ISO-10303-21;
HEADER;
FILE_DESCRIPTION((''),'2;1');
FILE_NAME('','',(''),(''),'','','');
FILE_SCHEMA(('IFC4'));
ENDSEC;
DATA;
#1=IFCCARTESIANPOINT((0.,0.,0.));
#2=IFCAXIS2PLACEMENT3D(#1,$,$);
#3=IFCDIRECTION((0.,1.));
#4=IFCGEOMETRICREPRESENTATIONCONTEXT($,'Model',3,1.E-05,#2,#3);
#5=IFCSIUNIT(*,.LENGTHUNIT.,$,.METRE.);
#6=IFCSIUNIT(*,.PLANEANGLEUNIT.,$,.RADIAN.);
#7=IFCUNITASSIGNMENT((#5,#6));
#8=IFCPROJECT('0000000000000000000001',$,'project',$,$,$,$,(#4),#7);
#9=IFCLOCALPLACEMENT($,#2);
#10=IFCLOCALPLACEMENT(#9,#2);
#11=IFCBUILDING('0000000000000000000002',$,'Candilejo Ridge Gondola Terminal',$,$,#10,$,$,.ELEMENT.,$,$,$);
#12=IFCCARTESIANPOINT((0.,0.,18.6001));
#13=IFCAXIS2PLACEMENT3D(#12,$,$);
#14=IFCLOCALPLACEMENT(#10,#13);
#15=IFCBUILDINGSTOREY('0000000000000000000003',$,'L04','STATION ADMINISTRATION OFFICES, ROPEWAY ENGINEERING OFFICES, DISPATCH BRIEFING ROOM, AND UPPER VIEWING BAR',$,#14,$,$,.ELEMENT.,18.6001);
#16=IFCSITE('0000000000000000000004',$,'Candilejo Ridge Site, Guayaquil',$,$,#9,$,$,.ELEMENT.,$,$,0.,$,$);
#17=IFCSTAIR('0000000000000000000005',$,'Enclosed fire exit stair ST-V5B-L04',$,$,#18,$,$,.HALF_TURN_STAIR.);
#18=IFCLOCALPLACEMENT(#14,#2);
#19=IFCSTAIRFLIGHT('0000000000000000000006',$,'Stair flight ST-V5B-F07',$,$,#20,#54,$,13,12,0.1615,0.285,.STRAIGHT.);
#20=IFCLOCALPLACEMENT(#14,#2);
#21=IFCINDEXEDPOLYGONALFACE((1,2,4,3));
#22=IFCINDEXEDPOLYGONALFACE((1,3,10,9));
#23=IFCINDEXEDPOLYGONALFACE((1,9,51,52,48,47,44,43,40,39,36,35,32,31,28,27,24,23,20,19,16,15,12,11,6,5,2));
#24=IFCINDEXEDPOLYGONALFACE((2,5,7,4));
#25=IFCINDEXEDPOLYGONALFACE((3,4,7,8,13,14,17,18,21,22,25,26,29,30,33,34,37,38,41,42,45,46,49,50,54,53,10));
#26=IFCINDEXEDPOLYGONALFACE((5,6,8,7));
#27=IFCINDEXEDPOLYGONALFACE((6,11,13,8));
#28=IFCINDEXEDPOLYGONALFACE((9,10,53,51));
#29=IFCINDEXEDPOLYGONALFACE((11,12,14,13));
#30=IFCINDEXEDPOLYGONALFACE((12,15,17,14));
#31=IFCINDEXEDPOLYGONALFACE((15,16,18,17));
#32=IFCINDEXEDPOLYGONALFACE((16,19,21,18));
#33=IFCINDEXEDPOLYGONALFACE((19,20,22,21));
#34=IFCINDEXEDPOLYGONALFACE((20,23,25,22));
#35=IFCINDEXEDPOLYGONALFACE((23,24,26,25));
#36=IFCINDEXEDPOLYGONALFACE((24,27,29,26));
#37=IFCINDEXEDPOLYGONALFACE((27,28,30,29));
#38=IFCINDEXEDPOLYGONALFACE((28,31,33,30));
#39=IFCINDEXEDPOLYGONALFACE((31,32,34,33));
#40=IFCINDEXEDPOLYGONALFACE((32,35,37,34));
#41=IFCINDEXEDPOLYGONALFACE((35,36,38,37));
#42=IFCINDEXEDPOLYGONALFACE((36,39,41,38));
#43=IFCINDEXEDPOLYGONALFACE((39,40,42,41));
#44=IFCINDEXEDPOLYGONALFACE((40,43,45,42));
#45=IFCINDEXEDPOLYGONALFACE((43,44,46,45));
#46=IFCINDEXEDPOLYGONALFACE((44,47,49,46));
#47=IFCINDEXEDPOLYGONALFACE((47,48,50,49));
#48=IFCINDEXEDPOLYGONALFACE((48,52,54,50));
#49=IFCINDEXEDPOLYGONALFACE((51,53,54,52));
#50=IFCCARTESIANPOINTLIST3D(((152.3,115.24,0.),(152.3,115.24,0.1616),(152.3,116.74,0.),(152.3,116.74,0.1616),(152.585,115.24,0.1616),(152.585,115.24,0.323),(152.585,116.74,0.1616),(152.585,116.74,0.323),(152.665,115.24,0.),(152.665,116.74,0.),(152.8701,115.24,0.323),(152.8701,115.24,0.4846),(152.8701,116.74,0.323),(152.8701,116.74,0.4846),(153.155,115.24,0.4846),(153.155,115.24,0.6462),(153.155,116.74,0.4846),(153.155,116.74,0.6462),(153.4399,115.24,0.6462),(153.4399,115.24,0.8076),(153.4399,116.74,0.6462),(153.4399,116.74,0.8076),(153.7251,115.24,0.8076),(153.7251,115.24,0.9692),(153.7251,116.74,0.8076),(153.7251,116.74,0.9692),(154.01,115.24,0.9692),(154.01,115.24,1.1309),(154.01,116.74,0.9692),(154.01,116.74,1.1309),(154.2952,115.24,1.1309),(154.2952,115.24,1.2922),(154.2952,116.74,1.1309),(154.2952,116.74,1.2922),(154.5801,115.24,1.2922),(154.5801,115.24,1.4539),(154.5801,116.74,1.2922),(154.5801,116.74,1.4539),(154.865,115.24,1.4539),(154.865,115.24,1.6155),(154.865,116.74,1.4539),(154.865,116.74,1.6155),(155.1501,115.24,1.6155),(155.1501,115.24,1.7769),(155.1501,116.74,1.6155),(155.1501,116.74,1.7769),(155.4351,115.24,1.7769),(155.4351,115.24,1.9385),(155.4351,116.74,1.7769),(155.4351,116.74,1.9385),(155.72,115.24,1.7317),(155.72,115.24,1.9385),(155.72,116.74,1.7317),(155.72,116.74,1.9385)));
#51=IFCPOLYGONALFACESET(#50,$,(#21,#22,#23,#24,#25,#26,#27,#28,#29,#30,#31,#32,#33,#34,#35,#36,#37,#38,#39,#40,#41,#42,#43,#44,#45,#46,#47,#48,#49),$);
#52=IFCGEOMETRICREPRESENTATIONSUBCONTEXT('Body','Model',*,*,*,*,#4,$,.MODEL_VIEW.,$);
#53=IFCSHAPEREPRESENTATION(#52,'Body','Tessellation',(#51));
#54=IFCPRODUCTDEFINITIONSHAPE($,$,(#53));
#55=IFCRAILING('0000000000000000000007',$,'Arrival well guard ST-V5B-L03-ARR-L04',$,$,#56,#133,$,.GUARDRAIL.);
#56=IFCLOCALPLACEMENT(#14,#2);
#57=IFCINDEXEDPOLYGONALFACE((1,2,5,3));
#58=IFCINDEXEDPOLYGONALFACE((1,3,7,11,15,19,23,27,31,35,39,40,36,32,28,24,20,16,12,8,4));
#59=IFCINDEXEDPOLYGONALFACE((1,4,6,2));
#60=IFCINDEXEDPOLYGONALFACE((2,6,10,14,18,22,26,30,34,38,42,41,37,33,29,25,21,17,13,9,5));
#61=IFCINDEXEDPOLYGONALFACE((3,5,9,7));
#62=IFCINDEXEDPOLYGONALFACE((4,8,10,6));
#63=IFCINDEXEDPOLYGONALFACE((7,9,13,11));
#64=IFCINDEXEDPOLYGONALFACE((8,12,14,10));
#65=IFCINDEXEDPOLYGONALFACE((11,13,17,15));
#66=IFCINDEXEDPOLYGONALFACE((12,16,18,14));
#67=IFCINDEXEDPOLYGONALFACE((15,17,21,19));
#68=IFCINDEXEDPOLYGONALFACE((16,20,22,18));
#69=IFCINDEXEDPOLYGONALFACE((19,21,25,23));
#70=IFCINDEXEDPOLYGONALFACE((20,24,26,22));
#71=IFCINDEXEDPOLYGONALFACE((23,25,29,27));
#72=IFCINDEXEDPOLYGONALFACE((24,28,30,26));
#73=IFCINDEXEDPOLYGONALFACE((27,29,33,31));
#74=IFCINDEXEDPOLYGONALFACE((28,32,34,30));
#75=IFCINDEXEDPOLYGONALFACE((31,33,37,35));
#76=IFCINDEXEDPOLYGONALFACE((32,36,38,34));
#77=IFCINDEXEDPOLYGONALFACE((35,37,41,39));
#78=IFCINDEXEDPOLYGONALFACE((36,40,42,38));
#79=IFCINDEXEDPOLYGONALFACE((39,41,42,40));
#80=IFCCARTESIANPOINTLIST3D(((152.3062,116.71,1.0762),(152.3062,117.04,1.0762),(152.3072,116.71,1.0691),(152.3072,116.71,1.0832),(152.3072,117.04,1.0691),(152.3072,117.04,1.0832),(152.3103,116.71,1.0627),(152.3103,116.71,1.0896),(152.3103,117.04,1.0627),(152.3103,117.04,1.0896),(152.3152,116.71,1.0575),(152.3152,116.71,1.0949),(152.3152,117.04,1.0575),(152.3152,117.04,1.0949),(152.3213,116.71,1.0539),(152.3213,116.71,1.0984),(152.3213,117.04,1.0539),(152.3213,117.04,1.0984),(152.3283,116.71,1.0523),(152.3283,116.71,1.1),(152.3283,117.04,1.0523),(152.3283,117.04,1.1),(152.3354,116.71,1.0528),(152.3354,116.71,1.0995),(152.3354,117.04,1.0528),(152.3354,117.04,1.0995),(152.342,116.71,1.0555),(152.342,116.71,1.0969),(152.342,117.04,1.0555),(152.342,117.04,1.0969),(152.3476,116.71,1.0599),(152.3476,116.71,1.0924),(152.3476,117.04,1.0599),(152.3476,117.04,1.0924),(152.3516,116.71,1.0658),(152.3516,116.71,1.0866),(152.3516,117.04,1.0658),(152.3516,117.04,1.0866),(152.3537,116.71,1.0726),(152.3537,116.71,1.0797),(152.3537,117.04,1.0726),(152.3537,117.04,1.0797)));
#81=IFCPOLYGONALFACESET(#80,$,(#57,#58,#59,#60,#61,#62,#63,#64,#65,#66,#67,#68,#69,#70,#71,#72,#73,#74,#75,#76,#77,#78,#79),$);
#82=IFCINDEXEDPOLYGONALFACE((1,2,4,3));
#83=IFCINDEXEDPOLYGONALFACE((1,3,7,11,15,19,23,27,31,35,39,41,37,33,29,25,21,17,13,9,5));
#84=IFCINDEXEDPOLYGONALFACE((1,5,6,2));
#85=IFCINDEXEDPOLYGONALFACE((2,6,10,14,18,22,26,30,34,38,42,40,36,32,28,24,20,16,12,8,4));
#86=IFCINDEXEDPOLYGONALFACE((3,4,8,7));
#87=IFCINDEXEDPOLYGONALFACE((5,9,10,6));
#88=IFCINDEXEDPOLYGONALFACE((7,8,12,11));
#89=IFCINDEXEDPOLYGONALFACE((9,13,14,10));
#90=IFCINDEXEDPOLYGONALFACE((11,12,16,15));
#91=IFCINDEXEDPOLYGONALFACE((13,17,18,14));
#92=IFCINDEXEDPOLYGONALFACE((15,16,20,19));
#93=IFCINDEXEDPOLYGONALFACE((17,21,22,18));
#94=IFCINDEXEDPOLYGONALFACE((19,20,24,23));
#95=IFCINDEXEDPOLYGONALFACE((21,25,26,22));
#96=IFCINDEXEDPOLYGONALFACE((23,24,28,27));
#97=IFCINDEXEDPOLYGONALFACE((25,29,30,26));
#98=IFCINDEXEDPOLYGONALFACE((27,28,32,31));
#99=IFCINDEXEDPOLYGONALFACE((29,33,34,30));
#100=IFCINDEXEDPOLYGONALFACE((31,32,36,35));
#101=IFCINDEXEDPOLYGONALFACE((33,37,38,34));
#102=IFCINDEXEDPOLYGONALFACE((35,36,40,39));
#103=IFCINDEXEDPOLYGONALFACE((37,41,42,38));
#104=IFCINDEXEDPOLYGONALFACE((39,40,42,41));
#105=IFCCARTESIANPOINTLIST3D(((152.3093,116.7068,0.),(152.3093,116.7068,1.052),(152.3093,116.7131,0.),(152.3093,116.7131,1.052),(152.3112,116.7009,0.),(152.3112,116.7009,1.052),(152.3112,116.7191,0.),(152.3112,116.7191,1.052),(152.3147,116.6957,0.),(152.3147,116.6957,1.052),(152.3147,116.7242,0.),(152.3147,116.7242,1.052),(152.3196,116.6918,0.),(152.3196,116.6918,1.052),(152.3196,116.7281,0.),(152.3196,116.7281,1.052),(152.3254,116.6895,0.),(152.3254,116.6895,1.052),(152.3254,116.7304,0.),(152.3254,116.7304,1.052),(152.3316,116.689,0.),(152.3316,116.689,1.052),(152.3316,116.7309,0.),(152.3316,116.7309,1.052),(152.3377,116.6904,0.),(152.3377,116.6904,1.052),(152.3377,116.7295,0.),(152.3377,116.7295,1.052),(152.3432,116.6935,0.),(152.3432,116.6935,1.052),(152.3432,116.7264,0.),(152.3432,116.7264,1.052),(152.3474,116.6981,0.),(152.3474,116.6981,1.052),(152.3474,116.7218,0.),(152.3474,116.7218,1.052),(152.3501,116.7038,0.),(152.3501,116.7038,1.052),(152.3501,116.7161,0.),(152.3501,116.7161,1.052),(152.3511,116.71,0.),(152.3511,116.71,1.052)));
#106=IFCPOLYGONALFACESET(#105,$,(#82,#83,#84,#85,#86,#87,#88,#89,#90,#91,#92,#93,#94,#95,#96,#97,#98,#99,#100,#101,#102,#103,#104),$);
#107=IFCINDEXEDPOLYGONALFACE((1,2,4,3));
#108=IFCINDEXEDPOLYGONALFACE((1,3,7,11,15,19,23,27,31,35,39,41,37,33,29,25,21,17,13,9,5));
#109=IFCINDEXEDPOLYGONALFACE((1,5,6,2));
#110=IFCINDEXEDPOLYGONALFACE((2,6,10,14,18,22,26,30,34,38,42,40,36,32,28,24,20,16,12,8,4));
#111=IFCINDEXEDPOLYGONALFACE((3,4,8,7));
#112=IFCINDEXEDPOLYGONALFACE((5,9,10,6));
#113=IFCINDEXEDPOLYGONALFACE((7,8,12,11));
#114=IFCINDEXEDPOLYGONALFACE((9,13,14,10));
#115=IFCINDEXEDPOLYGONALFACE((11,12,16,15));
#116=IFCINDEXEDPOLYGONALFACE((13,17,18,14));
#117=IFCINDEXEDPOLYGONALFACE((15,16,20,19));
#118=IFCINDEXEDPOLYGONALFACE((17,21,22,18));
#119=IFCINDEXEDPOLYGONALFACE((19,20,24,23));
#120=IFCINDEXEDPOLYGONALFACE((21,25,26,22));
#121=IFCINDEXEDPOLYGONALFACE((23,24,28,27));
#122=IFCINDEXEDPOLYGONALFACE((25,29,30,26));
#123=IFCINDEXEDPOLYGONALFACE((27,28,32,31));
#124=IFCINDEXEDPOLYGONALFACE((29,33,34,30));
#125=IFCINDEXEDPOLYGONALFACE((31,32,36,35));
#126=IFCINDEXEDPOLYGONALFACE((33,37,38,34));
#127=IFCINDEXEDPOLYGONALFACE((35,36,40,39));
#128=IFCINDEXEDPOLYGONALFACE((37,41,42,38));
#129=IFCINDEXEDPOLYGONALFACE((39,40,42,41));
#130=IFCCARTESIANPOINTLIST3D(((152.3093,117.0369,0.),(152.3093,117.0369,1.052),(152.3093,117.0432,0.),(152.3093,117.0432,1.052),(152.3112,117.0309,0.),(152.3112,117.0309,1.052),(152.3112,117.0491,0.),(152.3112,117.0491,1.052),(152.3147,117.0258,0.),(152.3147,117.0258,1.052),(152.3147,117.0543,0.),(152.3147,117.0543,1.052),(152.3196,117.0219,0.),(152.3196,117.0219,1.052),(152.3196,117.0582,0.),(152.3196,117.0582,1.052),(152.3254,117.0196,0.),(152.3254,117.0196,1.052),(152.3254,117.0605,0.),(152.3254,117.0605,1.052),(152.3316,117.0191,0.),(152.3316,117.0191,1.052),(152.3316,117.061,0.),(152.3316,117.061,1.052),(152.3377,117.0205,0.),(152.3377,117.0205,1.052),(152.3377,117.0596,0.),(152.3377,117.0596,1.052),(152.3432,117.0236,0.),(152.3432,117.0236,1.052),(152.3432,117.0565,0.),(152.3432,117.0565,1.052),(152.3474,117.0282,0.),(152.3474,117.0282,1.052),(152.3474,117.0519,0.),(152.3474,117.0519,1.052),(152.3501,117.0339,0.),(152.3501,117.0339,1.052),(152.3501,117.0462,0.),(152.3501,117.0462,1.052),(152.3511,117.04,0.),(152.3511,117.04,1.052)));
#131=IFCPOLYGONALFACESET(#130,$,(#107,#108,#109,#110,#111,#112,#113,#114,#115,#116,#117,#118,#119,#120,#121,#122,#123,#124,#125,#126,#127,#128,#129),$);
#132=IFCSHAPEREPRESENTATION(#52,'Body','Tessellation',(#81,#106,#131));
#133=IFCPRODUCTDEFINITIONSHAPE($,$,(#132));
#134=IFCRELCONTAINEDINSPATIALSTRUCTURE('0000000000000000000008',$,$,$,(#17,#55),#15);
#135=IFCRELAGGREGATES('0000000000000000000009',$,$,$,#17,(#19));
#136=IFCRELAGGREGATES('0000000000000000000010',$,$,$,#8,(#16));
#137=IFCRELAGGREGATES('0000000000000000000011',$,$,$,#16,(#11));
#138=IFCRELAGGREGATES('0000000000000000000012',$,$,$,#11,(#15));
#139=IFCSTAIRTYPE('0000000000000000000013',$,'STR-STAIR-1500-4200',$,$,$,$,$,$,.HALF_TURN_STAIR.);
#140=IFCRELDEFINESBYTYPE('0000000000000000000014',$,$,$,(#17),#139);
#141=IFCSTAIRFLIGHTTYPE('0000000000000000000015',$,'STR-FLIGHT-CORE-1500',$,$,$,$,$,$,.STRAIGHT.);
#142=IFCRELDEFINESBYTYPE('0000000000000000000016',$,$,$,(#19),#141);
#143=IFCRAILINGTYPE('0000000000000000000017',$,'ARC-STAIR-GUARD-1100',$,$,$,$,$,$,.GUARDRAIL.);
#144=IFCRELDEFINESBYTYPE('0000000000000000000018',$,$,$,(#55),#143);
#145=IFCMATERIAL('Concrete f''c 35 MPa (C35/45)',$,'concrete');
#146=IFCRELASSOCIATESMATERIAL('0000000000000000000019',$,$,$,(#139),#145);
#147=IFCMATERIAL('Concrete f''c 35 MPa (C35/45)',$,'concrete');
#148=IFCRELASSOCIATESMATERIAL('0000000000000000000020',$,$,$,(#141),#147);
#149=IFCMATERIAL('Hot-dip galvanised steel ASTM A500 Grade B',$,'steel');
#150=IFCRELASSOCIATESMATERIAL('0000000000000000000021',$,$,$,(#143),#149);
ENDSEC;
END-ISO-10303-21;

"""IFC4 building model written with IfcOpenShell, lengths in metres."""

from ifc_helpers import new_model, si_unit, direction, frame, origin, origin_2d, place, context, subcontext, project, spatial, polyline, circle, outline, extrude, material, type_object, element, aggregate, save


model = new_model("IFC4")

# Units and contexts
model_context = context("Model", 3, precision=1e-05, world=origin(), true_north=direction((0.0, 1.0)))
body_context = subcontext(model_context, "Body", "Model", "MODEL_VIEW")
ifc_project = project(units=[si_unit("LENGTHUNIT", "METRE"), si_unit("PLANEANGLEUNIT", "RADIAN")], contexts=[model_context])

# Site, building, storey
site_placement = place(None, origin())
site = spatial("IfcSite", under=ifc_project, at=site_placement, Name="Candilejo Ridge Site, Guayaquil", CompositionType="ELEMENT", RefElevation=0.0)
building_placement = place(site_placement, origin())
building = spatial("IfcBuilding", under=site, at=building_placement, Name="Candilejo Ridge Gondola Terminal", CompositionType="ELEMENT")
storey_placement = place(building_placement, frame((0.0, 0.0, 18.6001)))
storey = spatial("IfcBuildingStorey", under=building, at=storey_placement, Name="L04", Description="STATION ADMINISTRATION OFFICES, ROPEWAY ENGINEERING OFFICES, DISPATCH BRIEFING ROOM, AND UPPER VIEWING BAR", CompositionType="ELEMENT", Elevation=18.6001)

# Stair, stair flight
ifc_material_1 = material(Name="Concrete f'c 35 MPa (C35/45)", Category="concrete")
stair_type = type_object("IfcStairType", Name="STR-STAIR-1500-4200", PredefinedType="HALF_TURN_STAIR", material=ifc_material_1)
stair_placement = place(storey_placement, origin())
stair = element("IfcStair", 1, at=stair_placement, inside=storey, type_object=stair_type, Name="Enclosed fire exit stair ST-V5B-L04", PredefinedType="HALF_TURN_STAIR")
ifc_material_2 = material(Name="Concrete f'c 35 MPa (C35/45)", Category="concrete")
stair_flight_type = type_object("IfcStairFlightType", Name="STR-FLIGHT-CORE-1500", PredefinedType="STRAIGHT", material=ifc_material_2)
stair_flight_placement = place(storey_placement, frame((152.3, 115.99, 0.0), z_axis=(0.0, 0.0, 1.0), x_axis=(1.0, 0.0, 0.0)))
stair_flight = element("IfcStairFlight", 2, at=stair_flight_placement, type_object=stair_flight_type, Name="Stair flight ST-V5B-F07", NumberOfRisers=13, NumberOfTreads=12, PredefinedType="STRAIGHT", RiserHeight=0.1615, TreadLength=0.285, context=body_context, shape_type="SweptSolid", body=[
    extrude(outline(polyline([(0.0, 0.0), (0.0, 0.1616), (0.2849, 0.1616), (0.2849, 0.323), (0.5701, 0.323), (0.5701, 0.4846), (0.855, 0.4846), (0.855, 0.6462), (1.1399, 0.6462), (1.1399, 0.8076), (1.425, 0.8076), (1.425, 0.9692), (1.71, 0.9692), (1.71, 1.1309), (1.9951, 1.1309), (1.9951, 1.2922), (2.28, 1.2922), (2.28, 1.4539), (2.5649, 1.4539), (2.5649, 1.6155), (2.8501, 1.6155), (2.8501, 1.7769), (3.135, 1.7769), (3.135, 1.9385), (3.4199, 1.9385), (3.4199, 2.1001), (3.4199, 1.7317), (0.365, 0.0), (0.0, 0.0)])), frame((0.0, 0.75, 0.0), z_axis=(0.0, -1.0, 0.0), x_axis=(1.0, 0.0, 0.0)), (0.0, 0.0, 1.0), 1.5),
])
aggregate(stair, [stair_flight])

# Railing
ifc_material_3 = material(Name="Hot-dip galvanised steel ASTM A500 Grade B", Category="steel")
railing_type_1 = type_object("IfcRailingType", Name="ARC-STAIR-GUARD-1100", PredefinedType="GUARDRAIL", material=ifc_material_3)
railing_1_placement = place(storey_placement, frame((152.3301, 116.71, 0.0)))
element("IfcRailing", 3, at=railing_1_placement, inside=storey, type_object=railing_type_1, Name="Arrival well guard ST-V5B-L03-ARR-L04", PredefinedType="GUARDRAIL", context=body_context, shape_type="SweptSolid", body=[
    extrude(circle(Radius=0.0239, at=origin_2d()), frame((0.0, 0.0, 1.0762), z_axis=(0.0, 1.0, 0.0), x_axis=(-1.0, 0.0, 0.0)), (0.0, 0.0, 1.0), 0.3301),
    extrude(circle(Radius=0.021, at=origin_2d()), origin(), (0.0, 0.0, 1.0), 1.052),
    extrude(circle(Radius=0.021, at=origin_2d()), frame((0.0, 0.3301, 0.0)), (0.0, 0.0, 1.0), 1.052),
])

save(model, "model.ifc")
